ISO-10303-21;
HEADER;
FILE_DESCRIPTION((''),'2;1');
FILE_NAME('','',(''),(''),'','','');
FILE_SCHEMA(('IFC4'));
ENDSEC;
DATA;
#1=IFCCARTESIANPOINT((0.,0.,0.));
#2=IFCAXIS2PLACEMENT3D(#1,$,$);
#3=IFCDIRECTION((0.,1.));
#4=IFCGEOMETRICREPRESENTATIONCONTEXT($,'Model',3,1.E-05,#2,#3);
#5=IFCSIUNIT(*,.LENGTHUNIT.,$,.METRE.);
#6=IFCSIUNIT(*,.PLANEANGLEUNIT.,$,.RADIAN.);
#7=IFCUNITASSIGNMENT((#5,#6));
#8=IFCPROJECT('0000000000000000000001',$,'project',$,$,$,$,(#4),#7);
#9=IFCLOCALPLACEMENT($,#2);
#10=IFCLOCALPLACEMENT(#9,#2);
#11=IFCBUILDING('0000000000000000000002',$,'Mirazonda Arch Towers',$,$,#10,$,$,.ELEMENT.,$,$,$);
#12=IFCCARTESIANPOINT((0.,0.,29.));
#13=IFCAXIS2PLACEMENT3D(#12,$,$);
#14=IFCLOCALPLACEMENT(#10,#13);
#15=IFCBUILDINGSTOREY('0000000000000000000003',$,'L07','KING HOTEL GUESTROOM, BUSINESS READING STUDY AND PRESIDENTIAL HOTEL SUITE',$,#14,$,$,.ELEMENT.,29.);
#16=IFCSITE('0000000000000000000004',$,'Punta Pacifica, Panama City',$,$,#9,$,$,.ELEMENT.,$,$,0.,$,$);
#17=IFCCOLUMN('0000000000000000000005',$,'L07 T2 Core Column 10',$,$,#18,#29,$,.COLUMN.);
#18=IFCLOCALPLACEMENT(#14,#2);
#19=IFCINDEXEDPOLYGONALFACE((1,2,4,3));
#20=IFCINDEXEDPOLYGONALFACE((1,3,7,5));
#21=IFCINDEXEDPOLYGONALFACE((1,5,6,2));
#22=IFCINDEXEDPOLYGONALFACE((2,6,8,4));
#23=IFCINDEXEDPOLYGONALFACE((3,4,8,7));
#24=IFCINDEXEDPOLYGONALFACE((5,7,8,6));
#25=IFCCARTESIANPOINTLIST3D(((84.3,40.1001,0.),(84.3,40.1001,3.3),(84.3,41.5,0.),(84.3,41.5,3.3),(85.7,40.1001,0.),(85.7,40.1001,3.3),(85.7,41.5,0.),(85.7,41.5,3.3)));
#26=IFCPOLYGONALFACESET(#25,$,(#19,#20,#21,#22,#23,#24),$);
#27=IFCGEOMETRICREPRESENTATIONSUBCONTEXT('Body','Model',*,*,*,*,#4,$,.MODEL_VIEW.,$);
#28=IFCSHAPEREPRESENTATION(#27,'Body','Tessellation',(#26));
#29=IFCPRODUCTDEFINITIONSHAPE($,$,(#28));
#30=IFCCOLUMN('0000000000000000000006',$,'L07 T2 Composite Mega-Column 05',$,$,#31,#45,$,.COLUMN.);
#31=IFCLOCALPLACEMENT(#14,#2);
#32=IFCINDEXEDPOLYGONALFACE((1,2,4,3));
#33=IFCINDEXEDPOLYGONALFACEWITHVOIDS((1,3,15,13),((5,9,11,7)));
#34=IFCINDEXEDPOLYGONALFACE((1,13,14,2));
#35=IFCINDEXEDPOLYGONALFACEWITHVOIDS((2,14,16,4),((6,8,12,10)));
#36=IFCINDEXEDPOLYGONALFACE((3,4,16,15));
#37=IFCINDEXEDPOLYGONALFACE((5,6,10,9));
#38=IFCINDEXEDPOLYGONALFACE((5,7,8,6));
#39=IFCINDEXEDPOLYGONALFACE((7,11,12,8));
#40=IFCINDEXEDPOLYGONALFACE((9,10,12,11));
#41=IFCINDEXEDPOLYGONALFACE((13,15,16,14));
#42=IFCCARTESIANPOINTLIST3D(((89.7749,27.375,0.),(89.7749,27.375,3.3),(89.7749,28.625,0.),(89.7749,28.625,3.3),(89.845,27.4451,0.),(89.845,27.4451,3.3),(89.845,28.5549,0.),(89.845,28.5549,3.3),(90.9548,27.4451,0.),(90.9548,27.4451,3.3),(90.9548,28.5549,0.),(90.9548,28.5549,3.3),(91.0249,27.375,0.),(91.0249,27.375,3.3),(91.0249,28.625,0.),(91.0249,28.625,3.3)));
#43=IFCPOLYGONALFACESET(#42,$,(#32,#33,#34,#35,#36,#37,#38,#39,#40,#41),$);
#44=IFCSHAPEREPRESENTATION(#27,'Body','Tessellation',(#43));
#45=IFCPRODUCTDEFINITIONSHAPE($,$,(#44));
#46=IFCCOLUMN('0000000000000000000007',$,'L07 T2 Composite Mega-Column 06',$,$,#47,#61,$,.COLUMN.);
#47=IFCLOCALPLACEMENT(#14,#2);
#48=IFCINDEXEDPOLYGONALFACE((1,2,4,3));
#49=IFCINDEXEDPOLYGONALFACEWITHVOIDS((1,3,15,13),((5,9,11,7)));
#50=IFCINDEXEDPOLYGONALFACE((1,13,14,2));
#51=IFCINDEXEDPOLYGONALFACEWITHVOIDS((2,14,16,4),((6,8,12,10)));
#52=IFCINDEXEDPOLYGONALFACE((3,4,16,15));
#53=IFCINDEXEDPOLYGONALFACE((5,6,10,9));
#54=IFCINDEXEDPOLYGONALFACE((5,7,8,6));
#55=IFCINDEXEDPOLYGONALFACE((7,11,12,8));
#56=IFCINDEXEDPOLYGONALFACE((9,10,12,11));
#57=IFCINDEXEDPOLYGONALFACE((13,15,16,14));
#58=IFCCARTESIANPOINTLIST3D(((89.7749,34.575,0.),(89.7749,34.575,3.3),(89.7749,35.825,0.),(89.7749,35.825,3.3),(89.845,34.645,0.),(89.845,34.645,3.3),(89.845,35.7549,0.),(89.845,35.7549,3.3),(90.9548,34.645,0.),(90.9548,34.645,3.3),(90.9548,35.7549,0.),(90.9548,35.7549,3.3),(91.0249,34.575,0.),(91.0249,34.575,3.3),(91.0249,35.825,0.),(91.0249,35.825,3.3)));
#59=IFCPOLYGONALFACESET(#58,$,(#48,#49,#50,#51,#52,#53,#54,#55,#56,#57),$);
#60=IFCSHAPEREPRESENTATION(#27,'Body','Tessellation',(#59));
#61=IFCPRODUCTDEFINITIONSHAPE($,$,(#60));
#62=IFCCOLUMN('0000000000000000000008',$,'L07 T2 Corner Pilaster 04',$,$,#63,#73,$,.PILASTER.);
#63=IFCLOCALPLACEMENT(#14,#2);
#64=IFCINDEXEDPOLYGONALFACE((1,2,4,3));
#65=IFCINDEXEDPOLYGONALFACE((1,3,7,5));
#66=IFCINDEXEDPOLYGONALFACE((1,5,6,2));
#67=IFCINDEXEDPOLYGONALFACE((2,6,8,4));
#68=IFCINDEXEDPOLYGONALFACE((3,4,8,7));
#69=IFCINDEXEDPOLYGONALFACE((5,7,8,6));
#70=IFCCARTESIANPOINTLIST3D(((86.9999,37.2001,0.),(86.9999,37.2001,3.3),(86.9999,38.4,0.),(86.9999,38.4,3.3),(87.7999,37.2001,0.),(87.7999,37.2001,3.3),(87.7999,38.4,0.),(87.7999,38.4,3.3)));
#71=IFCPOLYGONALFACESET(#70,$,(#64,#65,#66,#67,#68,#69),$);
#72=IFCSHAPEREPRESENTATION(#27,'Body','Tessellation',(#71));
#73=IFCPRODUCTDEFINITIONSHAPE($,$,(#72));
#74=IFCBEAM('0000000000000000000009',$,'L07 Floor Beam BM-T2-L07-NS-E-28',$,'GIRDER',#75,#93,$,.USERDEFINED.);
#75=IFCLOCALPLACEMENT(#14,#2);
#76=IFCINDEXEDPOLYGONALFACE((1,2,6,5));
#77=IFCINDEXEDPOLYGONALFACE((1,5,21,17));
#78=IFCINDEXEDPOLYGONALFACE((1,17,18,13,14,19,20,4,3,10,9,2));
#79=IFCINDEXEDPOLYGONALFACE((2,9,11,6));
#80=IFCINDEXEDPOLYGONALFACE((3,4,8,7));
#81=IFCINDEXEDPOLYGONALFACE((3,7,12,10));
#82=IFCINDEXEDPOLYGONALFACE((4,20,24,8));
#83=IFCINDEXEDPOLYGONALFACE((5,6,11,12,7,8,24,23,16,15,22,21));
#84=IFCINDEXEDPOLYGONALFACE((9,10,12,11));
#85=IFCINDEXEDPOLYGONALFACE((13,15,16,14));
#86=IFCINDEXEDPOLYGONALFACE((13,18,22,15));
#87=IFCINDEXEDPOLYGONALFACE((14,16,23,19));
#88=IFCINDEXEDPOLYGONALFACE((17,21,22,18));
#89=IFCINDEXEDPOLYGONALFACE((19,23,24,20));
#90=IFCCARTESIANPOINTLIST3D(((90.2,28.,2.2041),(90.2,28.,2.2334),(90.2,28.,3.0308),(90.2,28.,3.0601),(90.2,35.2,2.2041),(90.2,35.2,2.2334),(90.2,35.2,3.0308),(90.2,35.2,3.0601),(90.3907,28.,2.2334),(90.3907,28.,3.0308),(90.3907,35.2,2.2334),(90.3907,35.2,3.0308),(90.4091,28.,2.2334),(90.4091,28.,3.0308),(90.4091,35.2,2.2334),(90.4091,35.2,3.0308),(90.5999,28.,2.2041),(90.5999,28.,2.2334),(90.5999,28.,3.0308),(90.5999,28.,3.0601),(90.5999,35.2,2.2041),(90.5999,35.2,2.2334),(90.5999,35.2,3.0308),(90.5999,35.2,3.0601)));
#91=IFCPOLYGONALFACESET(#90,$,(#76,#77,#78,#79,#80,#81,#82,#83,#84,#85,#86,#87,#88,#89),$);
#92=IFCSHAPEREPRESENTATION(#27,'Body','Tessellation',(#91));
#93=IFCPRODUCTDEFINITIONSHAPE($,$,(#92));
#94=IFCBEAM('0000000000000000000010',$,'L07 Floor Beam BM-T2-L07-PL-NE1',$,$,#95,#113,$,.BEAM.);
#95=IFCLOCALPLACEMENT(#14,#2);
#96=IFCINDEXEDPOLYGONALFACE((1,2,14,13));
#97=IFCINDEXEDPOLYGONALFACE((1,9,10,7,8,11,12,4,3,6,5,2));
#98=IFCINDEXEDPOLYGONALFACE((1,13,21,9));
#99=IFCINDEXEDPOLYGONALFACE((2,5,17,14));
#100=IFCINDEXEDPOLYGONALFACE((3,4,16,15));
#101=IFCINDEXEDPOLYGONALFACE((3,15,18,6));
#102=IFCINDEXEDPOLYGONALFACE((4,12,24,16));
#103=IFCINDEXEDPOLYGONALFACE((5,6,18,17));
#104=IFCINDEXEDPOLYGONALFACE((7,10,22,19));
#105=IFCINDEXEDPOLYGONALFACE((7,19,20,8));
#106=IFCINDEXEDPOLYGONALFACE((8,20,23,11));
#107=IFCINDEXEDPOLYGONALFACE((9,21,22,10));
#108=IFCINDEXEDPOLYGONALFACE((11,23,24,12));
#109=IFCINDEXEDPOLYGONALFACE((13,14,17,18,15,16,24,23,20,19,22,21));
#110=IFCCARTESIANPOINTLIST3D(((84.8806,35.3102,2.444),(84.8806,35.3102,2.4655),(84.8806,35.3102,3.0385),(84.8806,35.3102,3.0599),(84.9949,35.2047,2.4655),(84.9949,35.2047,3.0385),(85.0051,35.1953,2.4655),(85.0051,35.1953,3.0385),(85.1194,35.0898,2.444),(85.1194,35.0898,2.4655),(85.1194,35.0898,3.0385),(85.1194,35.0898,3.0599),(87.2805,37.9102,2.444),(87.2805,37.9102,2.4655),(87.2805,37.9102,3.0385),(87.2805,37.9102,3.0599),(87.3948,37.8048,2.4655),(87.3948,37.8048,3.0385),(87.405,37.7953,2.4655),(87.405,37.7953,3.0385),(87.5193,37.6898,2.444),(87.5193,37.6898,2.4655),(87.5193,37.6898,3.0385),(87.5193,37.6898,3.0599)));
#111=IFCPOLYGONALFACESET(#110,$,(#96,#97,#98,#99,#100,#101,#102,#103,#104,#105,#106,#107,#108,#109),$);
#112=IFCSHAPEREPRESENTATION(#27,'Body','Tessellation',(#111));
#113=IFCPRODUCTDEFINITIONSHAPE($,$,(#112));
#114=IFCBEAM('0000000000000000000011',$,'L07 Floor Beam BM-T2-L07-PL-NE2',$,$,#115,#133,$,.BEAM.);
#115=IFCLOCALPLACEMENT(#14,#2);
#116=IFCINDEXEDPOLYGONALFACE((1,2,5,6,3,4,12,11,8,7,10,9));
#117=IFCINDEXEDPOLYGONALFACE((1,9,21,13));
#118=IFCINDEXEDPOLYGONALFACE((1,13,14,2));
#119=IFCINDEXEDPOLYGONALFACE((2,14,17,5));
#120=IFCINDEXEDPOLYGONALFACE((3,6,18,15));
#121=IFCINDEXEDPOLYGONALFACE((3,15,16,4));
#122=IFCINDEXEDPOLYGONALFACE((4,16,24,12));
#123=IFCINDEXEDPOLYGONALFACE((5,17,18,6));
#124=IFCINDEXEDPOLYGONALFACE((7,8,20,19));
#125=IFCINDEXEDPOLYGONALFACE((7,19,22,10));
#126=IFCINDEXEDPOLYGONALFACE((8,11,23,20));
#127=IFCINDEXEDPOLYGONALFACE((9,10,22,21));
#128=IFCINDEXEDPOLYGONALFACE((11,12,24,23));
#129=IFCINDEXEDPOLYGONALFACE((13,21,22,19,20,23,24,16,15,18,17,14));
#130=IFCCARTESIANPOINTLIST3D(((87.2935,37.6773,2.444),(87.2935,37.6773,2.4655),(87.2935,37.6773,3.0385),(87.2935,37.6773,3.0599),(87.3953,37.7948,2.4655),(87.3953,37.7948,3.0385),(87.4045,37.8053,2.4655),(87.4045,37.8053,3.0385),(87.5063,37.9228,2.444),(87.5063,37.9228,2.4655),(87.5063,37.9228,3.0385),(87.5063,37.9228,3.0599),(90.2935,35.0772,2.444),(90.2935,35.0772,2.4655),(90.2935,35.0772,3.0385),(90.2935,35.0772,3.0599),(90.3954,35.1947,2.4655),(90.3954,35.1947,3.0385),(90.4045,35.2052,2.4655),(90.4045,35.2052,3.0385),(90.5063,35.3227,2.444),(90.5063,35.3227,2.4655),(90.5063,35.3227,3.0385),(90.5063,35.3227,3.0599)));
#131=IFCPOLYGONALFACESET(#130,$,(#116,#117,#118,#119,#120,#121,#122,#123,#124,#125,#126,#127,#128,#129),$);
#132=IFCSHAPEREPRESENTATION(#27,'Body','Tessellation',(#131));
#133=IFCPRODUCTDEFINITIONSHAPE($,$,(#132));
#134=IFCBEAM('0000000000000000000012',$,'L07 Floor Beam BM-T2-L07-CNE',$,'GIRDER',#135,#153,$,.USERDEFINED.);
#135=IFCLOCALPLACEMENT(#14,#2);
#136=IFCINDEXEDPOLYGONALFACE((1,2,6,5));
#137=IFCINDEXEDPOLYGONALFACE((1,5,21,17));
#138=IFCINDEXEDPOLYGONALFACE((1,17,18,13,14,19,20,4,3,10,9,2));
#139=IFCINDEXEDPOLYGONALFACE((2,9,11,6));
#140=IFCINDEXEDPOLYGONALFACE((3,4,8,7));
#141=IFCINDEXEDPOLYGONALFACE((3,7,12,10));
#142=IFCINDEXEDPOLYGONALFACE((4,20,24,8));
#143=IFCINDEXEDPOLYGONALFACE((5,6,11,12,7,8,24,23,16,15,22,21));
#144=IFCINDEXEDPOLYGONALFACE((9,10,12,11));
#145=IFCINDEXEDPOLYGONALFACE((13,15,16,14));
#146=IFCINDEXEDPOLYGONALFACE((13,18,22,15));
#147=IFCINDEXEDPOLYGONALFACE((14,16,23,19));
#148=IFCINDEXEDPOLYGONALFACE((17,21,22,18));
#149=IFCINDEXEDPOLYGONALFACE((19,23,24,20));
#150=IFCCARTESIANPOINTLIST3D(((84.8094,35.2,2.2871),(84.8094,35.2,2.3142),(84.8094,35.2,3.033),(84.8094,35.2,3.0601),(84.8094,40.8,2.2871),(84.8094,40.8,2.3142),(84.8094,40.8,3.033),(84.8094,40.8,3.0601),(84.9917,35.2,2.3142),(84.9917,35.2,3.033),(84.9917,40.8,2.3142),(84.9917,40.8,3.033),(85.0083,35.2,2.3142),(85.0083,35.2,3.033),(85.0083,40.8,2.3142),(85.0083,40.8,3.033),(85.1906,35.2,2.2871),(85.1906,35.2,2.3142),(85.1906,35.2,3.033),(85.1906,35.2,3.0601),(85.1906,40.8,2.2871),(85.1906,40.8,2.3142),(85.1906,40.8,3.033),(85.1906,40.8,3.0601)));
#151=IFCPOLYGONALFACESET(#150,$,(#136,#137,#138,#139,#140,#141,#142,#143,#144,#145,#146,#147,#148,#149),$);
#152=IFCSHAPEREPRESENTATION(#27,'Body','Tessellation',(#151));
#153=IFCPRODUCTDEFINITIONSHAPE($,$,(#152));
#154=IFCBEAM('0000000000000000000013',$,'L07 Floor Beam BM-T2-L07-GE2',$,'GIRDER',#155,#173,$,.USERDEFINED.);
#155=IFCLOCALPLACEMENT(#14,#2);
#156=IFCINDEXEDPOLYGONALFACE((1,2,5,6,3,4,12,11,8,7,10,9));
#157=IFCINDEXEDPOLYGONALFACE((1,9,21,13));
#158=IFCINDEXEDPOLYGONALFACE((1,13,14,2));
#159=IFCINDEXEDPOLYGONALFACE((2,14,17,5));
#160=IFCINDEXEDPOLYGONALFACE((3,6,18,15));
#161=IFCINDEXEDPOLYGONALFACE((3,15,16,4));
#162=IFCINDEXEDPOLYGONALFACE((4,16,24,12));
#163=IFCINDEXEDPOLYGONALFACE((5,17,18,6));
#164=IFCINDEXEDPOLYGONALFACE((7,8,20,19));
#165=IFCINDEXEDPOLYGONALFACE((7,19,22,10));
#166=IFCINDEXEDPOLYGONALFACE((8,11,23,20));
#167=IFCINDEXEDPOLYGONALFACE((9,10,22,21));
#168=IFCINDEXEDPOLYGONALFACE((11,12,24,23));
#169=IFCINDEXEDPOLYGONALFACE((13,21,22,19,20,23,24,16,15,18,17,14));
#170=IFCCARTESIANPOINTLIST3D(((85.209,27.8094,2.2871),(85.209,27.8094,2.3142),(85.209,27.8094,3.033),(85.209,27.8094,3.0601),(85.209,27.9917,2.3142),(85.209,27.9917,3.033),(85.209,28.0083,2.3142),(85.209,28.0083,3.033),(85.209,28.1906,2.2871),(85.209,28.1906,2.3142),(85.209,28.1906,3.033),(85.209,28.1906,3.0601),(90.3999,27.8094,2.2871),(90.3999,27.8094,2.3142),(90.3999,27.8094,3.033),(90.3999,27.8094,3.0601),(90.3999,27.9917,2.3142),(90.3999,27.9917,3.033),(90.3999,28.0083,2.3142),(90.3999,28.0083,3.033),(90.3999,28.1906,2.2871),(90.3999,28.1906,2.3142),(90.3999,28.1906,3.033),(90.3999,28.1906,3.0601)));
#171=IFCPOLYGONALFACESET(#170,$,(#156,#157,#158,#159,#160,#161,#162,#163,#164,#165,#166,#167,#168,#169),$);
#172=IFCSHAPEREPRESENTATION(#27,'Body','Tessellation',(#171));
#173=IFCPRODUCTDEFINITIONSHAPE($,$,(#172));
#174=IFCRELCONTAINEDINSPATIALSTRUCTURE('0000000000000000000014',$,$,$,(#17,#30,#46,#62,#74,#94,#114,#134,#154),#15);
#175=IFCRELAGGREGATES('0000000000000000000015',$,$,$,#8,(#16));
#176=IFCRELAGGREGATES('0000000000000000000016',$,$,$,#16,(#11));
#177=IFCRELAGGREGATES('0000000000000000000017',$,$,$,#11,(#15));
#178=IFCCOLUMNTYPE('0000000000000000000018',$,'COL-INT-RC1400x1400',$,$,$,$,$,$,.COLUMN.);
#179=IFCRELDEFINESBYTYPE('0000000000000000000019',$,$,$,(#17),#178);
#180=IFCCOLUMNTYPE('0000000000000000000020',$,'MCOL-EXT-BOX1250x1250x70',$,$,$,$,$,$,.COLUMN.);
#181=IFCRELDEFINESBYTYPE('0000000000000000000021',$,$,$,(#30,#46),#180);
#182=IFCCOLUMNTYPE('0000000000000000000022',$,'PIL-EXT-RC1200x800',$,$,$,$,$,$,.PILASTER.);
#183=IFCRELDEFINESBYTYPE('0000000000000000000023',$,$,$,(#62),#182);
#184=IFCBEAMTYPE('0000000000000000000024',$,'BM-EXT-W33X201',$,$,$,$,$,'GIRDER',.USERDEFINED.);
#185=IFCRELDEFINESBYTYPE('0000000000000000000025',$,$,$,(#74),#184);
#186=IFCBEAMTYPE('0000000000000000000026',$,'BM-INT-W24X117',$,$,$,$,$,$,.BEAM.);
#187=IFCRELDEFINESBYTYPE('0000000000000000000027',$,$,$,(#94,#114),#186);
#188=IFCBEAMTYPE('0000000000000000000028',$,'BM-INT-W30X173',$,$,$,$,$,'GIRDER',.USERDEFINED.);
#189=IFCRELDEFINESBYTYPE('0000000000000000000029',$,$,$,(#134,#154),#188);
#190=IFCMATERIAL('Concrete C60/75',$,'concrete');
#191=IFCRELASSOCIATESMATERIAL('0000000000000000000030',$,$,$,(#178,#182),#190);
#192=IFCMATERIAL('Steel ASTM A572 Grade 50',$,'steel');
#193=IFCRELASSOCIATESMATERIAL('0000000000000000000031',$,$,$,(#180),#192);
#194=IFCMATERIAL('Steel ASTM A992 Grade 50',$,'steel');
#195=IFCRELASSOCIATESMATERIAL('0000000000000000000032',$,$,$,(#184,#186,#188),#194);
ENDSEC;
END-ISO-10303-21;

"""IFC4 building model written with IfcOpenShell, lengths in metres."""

from ifc_helpers import new_model, si_unit, direction, frame, origin, origin_2d, place, context, subcontext, project, spatial, rectangle, hollow_rectangle, i_section, extrude, material, material_profile, profile_set, type_object, element, save


model = new_model("IFC4")

# Units and contexts
model_context = context("Model", 3, precision=1e-05, world=origin(), true_north=direction((0.0, 1.0)))
body_context = subcontext(model_context, "Body", "Model", "MODEL_VIEW")
ifc_project = project(units=[si_unit("LENGTHUNIT", "METRE"), si_unit("PLANEANGLEUNIT", "RADIAN")], contexts=[model_context])

# Site, building, storey
site_placement = place(None, origin())
site = spatial("IfcSite", under=ifc_project, at=site_placement, Name="Punta Pacifica, Panama City", CompositionType="ELEMENT", RefElevation=0.0)
building_placement = place(site_placement, origin())
building = spatial("IfcBuilding", under=site, at=building_placement, Name="Mirazonda Arch Towers", CompositionType="ELEMENT")
storey_placement = place(building_placement, frame((0.0, 0.0, 29.0)))
storey = spatial("IfcBuildingStorey", under=building, at=storey_placement, Name="L07", Description="KING HOTEL GUESTROOM, BUSINESS READING STUDY AND PRESIDENTIAL HOTEL SUITE", CompositionType="ELEMENT", Elevation=29.0)

# Columns
ifc_material_1 = material(Name="Concrete C60/75", Category="concrete")
ifc_material_profile_1 = material_profile(ifc_material_1, rectangle(XDim=1.3999, YDim=1.3999, at=origin_2d()), Name="RC1400x1400")
ifc_profile_set_1 = profile_set([ifc_material_profile_1], Name="Concrete C60/75")
column_type_1 = type_object("IfcColumnType", Name="COL-INT-RC1400x1400", PredefinedType="COLUMN", material=ifc_profile_set_1)
column_1_placement = place(storey_placement, frame((85.0, 40.8, 0.0), z_axis=(0.0, 0.0, 1.0), x_axis=(1.0, 0.0, 0.0)))
element("IfcColumn", 1, at=column_1_placement, inside=storey, type_object=column_type_1, Name="L07 T2 Core Column 10", PredefinedType="COLUMN", context=body_context, shape_type="SweptSolid", body=[
    extrude(rectangle(XDim=1.3999, YDim=1.3999, at=origin_2d()), origin(), (0.0, 0.0, 1.0), 3.3),
])
ifc_material_2 = material(Name="Steel ASTM A572 Grade 50", Category="steel")
ifc_material_profile_2 = material_profile(ifc_material_2, hollow_rectangle(XDim=1.25, YDim=1.25, WallThickness=0.0701, at=origin_2d()), Name="BOX1250x1250x70")
ifc_profile_set_2 = profile_set([ifc_material_profile_2], Name="Steel ASTM A572 Grade 50")
column_type_2 = type_object("IfcColumnType", Name="MCOL-EXT-BOX1250x1250x70", PredefinedType="COLUMN", material=ifc_profile_set_2)
for number, where, z_axis, x_axis, name in (
    (2, (90.3999, 28.0, 0.0), (0.0, 0.0, 1.0), (1.0, 0.0, 0.0), "L07 T2 Composite Mega-Column 05"),
    (3, (90.3999, 35.2, 0.0), (0.0, 0.0, 1.0), (1.0, 0.0, 0.0), "L07 T2 Composite Mega-Column 06"),
):
    element("IfcColumn", number, at=place(storey_placement, frame(where, z_axis=z_axis, x_axis=x_axis)), inside=storey, type_object=column_type_2, Name=name, PredefinedType="COLUMN", context=body_context, shape_type="SweptSolid", body=[
        extrude(hollow_rectangle(XDim=1.25, YDim=1.25, WallThickness=0.0701, at=origin_2d()), origin(), (0.0, 0.0, 1.0), 3.3),
    ])
ifc_material_profile_3 = material_profile(ifc_material_1, rectangle(XDim=0.8, YDim=1.2, at=origin_2d()), Name="RC1200x800")
ifc_profile_set_3 = profile_set([ifc_material_profile_3], Name="Concrete C60/75")
column_type_3 = type_object("IfcColumnType", Name="PIL-EXT-RC1200x800", PredefinedType="PILASTER", material=ifc_profile_set_3)
column_2_placement = place(storey_placement, frame((87.3999, 37.8, 0.0), z_axis=(0.0, 0.0, 1.0), x_axis=(1.0, 0.0, 0.0)))
element("IfcColumn", 4, at=column_2_placement, inside=storey, type_object=column_type_3, Name="L07 T2 Corner Pilaster 04", PredefinedType="PILASTER", context=body_context, shape_type="SweptSolid", body=[
    extrude(rectangle(XDim=0.8, YDim=1.2, at=origin_2d()), origin(), (0.0, 0.0, 1.0), 3.3),
])

# Beams
ifc_material_3 = material(Name="Steel ASTM A992 Grade 50", Category="steel")
ifc_material_profile_4 = material_profile(ifc_material_3, i_section(OverallWidth=0.3999, OverallDepth=0.856, WebThickness=0.0183, FlangeThickness=0.0293, at=origin_2d()), Name="W33X201")
ifc_profile_set_4 = profile_set([ifc_material_profile_4], Name="Steel ASTM A992 Grade 50")
beam_type_1 = type_object("IfcBeamType", Name="BM-EXT-W33X201", ElementType="GIRDER", PredefinedType="USERDEFINED", material=ifc_profile_set_4)
beam_1_placement = place(storey_placement, frame((90.3999, 28.0, 2.6321), z_axis=(0.0, 1.0, 0.0), x_axis=(-1.0, 0.0, 0.0)))
element("IfcBeam", 5, at=beam_1_placement, inside=storey, type_object=beam_type_1, Name="L07 Floor Beam BM-T2-L07-NS-E-28", ObjectType="GIRDER", PredefinedType="USERDEFINED", context=body_context, shape_type="SweptSolid", body=[
    extrude(i_section(OverallWidth=0.3999, OverallDepth=0.856, WebThickness=0.0183, FlangeThickness=0.0293, at=origin_2d()), origin(), (0.0, 0.0, 1.0), 7.2),
])
ifc_material_profile_5 = material_profile(ifc_material_3, i_section(OverallWidth=0.325, OverallDepth=0.616, WebThickness=0.0139, FlangeThickness=0.0215, at=origin_2d()), Name="W24X117")
ifc_profile_set_5 = profile_set([ifc_material_profile_5], Name="Steel ASTM A992 Grade 50")
beam_type_2 = type_object("IfcBeamType", Name="BM-INT-W24X117", PredefinedType="BEAM", material=ifc_profile_set_5)
beam_2_placement = place(storey_placement, frame((87.3999, 37.8, 2.752), z_axis=(-0.678251, -0.73483, 0.0), x_axis=(0.73483, -0.678251, 0.0)))
element("IfcBeam", 6, at=beam_2_placement, inside=storey, type_object=beam_type_2, Name="L07 Floor Beam BM-T2-L07-PL-NE1", PredefinedType="BEAM", context=body_context, shape_type="SweptSolid", body=[
    extrude(i_section(OverallWidth=0.325, OverallDepth=0.616, WebThickness=0.0139, FlangeThickness=0.0215, at=origin_2d()), origin(), (0.0, 0.0, 1.0), 3.5383),
])
beam_3_placement = place(storey_placement, frame((87.3999, 37.8, 2.752), z_axis=(0.755677, -0.654945, 0.0), x_axis=(0.654945, 0.755677, 0.0)))
element("IfcBeam", 7, at=beam_3_placement, inside=storey, type_object=beam_type_2, Name="L07 Floor Beam BM-T2-L07-PL-NE2", PredefinedType="BEAM", context=body_context, shape_type="SweptSolid", body=[
    extrude(i_section(OverallWidth=0.325, OverallDepth=0.616, WebThickness=0.0139, FlangeThickness=0.0215, at=origin_2d()), origin(), (0.0, 0.0, 1.0), 3.97),
])
ifc_material_profile_6 = material_profile(ifc_material_3, i_section(OverallWidth=0.3811, OverallDepth=0.7729, WebThickness=0.0166, FlangeThickness=0.0271, at=origin_2d()), Name="W30X173")
ifc_profile_set_6 = profile_set([ifc_material_profile_6], Name="Steel ASTM A992 Grade 50")
beam_type_3 = type_object("IfcBeamType", Name="BM-INT-W30X173", ElementType="GIRDER", PredefinedType="USERDEFINED", material=ifc_profile_set_6)
beam_4_placement = place(storey_placement, frame((85.0, 35.2, 2.6736), z_axis=(0.0, 1.0, 0.0), x_axis=(-1.0, 0.0, 0.0)))
element("IfcBeam", 8, at=beam_4_placement, inside=storey, type_object=beam_type_3, Name="L07 Floor Beam BM-T2-L07-CNE", ObjectType="GIRDER", PredefinedType="USERDEFINED", context=body_context, shape_type="SweptSolid", body=[
    extrude(i_section(OverallWidth=0.3811, OverallDepth=0.7729, WebThickness=0.0166, FlangeThickness=0.0271, at=origin_2d()), origin(), (0.0, 0.0, 1.0), 5.6001),
])
beam_5_placement = place(storey_placement, frame((85.209, 28.0, 2.6736), z_axis=(1.0, 0.0, 0.0), x_axis=(0.0, 1.0, 0.0)))
element("IfcBeam", 9, at=beam_5_placement, inside=storey, type_object=beam_type_3, Name="L07 Floor Beam BM-T2-L07-GE2", ObjectType="GIRDER", PredefinedType="USERDEFINED", context=body_context, shape_type="SweptSolid", body=[
    extrude(i_section(OverallWidth=0.3811, OverallDepth=0.7729, WebThickness=0.0166, FlangeThickness=0.0271, at=origin_2d()), origin(), (0.0, 0.0, 1.0), 5.1909),
])

save(model, "model.ifc")
